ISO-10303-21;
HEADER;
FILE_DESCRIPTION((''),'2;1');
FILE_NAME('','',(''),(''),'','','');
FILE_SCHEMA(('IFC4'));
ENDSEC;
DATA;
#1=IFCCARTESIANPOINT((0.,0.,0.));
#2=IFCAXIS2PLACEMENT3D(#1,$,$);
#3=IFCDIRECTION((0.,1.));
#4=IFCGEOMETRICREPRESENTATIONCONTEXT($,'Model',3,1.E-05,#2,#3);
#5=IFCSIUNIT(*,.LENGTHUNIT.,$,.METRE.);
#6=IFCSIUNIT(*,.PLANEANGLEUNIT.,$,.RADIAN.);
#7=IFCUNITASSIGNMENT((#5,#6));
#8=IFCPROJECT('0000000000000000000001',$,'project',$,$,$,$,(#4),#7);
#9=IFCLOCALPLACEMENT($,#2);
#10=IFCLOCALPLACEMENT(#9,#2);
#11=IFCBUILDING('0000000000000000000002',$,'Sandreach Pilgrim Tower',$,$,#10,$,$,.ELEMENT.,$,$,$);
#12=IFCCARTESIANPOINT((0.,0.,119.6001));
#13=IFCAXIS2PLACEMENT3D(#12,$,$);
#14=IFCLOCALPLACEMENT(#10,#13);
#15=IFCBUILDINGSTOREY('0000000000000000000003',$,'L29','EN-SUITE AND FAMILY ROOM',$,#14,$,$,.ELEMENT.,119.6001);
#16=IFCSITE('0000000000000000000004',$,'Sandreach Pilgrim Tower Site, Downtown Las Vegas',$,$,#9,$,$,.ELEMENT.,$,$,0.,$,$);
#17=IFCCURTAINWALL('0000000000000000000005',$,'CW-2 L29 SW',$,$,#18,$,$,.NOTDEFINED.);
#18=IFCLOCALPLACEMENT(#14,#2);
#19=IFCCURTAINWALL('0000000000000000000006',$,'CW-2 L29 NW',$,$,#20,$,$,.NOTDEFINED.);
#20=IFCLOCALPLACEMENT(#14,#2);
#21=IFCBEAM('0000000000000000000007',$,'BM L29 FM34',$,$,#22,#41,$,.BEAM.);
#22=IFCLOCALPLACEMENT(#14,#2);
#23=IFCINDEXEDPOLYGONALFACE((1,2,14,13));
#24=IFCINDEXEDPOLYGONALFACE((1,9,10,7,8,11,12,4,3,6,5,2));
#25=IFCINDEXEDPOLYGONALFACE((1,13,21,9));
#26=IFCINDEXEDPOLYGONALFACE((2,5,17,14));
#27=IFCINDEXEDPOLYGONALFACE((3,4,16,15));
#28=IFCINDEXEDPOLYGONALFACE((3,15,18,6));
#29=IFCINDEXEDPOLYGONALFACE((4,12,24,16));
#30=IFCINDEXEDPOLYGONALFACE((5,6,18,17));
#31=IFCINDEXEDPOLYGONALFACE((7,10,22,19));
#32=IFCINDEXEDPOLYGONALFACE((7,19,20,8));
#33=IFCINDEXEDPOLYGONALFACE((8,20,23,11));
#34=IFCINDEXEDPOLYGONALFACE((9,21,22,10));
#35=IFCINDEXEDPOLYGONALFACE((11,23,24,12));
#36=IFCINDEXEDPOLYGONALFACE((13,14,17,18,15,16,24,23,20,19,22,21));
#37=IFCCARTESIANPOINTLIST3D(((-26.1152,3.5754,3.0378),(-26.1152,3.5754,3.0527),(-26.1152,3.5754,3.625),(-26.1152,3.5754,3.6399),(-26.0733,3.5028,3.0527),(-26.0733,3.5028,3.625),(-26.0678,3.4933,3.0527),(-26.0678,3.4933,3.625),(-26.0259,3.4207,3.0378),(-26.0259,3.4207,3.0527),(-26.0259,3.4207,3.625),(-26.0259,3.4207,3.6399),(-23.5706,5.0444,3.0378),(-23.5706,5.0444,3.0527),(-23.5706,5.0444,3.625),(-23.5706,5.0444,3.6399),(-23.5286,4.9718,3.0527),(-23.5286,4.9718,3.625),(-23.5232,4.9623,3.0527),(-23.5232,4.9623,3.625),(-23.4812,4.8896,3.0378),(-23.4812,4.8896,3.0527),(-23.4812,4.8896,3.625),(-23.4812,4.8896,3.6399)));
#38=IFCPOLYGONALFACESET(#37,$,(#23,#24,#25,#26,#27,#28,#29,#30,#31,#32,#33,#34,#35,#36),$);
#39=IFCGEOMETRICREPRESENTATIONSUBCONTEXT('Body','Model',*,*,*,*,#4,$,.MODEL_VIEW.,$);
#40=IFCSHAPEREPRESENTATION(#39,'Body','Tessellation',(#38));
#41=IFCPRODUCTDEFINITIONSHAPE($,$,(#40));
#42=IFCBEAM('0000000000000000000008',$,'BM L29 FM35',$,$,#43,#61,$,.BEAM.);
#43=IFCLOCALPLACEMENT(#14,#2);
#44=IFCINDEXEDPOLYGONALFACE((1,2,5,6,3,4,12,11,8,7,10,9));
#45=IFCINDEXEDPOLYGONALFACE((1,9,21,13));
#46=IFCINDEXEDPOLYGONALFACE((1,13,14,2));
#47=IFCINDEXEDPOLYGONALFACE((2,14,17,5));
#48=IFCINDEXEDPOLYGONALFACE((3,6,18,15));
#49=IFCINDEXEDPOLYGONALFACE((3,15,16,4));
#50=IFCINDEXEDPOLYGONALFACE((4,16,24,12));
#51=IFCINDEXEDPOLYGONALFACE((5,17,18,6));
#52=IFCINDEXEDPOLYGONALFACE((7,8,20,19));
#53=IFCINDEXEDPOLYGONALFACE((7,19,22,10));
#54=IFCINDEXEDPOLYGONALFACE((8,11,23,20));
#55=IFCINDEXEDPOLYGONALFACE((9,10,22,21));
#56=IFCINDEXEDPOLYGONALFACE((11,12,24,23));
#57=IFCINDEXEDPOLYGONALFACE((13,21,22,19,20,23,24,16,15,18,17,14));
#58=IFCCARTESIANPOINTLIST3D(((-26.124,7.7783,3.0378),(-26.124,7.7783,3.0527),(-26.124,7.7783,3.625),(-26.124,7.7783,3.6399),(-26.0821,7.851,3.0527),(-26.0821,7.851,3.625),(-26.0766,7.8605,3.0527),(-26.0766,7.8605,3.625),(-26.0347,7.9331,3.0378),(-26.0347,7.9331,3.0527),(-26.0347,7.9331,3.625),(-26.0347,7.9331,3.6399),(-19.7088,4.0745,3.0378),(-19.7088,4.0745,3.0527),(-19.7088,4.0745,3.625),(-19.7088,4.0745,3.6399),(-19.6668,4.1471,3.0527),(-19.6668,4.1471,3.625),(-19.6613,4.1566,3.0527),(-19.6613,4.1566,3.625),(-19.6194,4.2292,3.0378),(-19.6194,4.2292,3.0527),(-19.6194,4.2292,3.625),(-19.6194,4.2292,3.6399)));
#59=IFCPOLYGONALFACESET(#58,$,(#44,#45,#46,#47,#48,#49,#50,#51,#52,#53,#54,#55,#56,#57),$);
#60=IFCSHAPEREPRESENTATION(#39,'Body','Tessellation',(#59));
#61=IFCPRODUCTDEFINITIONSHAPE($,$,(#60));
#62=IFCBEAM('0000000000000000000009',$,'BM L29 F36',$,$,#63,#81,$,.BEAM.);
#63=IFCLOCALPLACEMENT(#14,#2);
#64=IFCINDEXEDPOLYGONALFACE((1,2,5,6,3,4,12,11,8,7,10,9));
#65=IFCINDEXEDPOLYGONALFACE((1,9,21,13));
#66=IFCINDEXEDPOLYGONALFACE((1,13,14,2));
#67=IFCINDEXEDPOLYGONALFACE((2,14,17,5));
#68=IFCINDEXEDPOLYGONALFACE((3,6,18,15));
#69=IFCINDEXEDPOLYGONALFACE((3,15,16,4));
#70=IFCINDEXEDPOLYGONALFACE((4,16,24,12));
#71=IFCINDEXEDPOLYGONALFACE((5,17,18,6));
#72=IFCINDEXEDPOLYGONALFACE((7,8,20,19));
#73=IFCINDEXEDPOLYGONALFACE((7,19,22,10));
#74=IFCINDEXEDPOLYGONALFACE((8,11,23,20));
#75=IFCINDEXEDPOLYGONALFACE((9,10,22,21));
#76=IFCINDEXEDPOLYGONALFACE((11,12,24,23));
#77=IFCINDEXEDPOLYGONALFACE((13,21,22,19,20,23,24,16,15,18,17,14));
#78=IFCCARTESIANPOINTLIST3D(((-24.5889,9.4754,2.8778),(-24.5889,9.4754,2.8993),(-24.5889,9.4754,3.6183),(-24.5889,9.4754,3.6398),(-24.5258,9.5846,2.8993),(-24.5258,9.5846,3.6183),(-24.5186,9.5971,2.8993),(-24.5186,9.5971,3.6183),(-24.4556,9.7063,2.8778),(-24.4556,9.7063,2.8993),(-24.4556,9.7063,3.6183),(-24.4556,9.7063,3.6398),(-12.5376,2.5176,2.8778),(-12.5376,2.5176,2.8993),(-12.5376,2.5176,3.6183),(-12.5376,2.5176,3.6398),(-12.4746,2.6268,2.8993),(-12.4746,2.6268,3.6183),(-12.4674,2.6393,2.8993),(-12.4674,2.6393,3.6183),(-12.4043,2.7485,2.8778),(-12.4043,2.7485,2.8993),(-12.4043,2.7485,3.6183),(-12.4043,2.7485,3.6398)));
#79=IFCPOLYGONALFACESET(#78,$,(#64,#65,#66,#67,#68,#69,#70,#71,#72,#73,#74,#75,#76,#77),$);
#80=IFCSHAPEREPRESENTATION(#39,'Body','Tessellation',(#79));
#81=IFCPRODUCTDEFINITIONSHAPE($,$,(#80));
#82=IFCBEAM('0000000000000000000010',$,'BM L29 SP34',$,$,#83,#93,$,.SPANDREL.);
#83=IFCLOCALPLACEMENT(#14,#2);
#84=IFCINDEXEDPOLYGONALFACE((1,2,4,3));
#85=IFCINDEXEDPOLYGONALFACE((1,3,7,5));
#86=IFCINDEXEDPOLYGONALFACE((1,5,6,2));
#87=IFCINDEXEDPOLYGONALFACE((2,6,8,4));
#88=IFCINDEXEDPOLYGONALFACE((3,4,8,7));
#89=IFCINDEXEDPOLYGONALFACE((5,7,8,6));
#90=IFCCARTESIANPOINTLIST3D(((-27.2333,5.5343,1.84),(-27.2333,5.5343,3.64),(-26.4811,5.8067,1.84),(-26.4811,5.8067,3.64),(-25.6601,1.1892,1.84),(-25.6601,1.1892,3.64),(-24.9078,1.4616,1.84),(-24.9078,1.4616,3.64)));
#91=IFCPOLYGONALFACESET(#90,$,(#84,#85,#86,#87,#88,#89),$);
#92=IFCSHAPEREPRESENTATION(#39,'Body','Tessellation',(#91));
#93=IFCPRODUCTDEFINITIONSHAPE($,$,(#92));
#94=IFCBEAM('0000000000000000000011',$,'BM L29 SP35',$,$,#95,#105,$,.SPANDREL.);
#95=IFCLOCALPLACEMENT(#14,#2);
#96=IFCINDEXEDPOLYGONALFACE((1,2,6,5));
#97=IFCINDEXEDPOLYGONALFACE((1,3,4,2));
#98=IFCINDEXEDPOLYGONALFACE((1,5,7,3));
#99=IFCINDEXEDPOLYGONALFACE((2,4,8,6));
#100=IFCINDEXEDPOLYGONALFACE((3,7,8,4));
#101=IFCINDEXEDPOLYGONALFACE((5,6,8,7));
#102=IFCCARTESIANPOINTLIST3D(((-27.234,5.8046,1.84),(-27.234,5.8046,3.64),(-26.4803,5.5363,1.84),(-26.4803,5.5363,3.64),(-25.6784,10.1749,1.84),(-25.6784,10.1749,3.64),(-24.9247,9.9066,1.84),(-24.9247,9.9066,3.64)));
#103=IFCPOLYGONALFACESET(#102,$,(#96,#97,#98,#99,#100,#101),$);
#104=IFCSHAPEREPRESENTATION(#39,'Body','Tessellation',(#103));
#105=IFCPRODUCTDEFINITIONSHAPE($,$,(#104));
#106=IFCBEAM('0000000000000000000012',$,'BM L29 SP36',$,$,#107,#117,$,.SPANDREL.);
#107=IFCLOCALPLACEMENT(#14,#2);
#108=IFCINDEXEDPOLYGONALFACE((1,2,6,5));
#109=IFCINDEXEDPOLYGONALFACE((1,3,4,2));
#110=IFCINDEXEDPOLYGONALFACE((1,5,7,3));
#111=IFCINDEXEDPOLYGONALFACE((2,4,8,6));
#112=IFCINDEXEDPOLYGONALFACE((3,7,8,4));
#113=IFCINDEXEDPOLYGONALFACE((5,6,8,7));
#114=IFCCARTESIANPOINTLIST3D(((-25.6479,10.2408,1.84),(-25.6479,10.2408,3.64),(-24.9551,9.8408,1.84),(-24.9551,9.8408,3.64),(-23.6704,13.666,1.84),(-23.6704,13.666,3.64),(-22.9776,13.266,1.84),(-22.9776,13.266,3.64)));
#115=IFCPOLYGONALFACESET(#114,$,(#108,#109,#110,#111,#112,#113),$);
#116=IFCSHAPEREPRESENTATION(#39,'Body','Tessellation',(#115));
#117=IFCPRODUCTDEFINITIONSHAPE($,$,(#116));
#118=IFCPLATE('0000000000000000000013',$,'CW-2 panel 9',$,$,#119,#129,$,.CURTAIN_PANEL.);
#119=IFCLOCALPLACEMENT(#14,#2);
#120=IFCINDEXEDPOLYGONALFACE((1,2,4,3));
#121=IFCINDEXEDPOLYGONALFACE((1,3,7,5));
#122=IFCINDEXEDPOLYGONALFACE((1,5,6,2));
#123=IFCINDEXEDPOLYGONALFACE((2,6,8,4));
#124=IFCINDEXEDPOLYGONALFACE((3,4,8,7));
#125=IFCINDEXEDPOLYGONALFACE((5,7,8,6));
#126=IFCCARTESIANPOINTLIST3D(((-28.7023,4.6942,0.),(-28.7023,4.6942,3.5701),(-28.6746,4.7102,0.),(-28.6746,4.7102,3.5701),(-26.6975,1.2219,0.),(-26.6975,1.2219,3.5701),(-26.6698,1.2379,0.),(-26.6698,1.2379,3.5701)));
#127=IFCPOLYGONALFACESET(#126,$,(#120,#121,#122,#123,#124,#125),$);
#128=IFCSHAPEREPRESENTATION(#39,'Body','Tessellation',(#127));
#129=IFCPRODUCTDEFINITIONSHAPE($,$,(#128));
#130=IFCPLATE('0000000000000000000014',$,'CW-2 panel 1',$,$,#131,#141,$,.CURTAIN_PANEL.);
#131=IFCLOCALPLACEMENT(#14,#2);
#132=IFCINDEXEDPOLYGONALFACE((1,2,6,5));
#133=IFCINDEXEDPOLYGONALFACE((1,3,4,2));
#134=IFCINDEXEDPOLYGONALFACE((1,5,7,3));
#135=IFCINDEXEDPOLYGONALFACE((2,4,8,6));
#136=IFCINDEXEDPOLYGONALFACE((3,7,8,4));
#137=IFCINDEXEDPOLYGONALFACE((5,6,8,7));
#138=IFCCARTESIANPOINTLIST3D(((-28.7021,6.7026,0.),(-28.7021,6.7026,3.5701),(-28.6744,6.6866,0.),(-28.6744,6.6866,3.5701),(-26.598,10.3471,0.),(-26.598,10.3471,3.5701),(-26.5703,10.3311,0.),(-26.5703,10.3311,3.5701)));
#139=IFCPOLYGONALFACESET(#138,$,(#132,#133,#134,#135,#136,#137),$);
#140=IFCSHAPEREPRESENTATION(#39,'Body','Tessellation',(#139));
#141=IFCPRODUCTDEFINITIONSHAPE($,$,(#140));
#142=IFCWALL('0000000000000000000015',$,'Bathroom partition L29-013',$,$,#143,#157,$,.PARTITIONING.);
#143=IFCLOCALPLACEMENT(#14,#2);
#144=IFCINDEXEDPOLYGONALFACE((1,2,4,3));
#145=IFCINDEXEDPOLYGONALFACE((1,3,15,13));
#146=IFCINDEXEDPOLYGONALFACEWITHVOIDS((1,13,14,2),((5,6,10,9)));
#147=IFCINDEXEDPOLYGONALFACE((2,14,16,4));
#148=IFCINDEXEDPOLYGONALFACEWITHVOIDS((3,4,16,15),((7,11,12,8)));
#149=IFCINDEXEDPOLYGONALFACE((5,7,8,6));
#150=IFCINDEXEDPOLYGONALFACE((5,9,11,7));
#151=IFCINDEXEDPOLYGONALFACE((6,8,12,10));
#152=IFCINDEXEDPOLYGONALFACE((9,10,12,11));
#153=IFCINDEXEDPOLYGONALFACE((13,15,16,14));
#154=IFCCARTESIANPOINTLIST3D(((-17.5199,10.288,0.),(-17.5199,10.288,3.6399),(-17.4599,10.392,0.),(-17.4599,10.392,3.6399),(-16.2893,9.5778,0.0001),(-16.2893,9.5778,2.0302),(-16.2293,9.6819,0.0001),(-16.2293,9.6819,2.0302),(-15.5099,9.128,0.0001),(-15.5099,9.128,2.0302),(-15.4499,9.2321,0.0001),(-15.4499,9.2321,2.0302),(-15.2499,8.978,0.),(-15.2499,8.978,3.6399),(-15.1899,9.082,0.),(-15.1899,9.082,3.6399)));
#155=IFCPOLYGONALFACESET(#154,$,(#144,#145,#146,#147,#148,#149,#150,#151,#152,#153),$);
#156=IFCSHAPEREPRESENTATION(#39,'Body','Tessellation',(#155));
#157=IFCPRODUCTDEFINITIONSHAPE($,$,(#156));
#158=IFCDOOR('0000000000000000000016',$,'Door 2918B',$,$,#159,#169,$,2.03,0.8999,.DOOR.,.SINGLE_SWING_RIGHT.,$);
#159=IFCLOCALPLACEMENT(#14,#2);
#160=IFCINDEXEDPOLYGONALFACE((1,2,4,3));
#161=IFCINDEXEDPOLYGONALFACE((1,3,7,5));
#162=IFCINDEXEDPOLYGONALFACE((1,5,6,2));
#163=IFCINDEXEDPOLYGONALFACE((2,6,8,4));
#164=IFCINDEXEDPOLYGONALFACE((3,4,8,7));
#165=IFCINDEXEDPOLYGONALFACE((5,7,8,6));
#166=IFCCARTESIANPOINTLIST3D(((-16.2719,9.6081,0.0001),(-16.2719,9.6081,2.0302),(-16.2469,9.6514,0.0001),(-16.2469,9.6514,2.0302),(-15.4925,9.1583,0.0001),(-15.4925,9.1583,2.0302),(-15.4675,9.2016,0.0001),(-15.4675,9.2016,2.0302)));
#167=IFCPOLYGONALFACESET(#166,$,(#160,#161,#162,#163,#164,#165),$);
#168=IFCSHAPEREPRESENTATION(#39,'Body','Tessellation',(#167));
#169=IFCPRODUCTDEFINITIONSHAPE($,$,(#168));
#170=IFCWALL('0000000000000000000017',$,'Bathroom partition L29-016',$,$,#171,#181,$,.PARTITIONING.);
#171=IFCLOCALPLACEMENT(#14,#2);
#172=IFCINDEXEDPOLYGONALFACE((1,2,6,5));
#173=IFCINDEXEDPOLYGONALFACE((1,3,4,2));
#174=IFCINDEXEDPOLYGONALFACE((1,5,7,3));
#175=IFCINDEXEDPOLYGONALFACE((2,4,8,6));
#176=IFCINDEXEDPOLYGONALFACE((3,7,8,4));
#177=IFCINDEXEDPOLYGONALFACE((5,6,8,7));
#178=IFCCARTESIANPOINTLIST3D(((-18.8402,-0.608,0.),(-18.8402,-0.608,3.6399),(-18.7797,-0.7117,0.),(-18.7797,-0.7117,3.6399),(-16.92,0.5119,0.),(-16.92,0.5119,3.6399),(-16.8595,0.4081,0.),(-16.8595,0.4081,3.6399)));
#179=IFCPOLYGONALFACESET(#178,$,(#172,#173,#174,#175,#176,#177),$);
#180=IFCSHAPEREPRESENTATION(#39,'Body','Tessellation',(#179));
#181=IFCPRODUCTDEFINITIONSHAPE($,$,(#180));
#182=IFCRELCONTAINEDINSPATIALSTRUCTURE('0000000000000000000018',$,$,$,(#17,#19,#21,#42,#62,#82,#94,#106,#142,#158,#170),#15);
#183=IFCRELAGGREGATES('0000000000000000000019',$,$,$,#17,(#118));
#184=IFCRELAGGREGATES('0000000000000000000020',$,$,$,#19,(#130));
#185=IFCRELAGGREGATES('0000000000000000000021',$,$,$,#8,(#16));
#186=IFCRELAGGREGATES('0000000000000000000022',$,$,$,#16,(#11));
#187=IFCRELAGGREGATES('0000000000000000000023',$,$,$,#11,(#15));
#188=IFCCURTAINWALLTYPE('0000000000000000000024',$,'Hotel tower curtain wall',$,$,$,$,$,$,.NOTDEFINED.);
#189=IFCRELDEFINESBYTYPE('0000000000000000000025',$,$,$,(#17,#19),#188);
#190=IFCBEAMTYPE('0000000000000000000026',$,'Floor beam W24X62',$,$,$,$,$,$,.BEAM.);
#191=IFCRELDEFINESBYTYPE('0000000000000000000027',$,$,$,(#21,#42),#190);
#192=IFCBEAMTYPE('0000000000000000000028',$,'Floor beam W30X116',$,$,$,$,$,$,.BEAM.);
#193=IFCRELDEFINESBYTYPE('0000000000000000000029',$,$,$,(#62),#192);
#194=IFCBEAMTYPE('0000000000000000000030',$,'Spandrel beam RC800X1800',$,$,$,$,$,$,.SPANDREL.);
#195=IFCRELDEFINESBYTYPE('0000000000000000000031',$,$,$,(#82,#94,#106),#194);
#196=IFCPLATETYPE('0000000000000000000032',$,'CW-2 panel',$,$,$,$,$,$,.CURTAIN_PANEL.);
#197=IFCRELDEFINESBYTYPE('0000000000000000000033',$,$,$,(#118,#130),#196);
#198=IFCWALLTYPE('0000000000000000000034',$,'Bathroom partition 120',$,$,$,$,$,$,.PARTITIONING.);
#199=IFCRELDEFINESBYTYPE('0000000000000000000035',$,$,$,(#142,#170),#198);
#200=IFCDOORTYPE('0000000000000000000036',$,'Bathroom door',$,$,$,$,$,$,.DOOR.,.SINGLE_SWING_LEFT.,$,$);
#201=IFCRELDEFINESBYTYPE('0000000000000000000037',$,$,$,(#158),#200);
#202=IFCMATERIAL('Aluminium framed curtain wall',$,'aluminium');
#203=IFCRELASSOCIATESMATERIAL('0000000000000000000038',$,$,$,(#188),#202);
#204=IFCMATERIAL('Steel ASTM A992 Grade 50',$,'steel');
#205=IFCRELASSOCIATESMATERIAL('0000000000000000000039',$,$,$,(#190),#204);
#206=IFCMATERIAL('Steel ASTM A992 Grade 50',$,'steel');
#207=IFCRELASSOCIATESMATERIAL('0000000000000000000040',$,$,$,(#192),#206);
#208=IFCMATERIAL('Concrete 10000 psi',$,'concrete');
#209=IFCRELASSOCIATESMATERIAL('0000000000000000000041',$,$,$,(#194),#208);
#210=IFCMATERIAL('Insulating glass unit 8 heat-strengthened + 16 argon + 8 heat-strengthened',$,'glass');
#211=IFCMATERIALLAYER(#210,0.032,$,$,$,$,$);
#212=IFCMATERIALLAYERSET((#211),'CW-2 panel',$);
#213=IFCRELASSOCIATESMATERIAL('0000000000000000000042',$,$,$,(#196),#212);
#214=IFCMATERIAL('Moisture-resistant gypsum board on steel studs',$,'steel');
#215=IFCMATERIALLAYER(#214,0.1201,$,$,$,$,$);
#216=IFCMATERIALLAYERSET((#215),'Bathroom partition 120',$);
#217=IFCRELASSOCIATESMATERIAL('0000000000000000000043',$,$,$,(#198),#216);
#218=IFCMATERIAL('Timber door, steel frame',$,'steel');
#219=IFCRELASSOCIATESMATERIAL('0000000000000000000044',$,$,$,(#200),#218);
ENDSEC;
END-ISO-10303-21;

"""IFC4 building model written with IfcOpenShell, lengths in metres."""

from ifc_helpers import new_model, si_unit, direction, frame, frame_2d, origin, origin_2d, place, context, subcontext, project, spatial, rectangle, i_section, extrude, material, layer, layer_set, material_profile, profile_set, type_object, element, fill, aggregate, save


model = new_model("IFC4")

# Units and contexts
model_context = context("Model", 3, precision=1e-05, world=origin(), true_north=direction((0.0, 1.0)))
body_context = subcontext(model_context, "Body", "Model", "MODEL_VIEW")
ifc_project = project(units=[si_unit("LENGTHUNIT", "METRE"), si_unit("PLANEANGLEUNIT", "RADIAN")], contexts=[model_context])

# Site, building, storey
site_placement = place(None, origin())
site = spatial("IfcSite", under=ifc_project, at=site_placement, Name="Sandreach Pilgrim Tower Site, Downtown Las Vegas", CompositionType="ELEMENT", RefElevation=0.0)
building_placement = place(site_placement, origin())
building = spatial("IfcBuilding", under=site, at=building_placement, Name="Sandreach Pilgrim Tower", CompositionType="ELEMENT")
storey_placement = place(building_placement, frame((0.0, 0.0, 119.6001)))
storey = spatial("IfcBuildingStorey", under=building, at=storey_placement, Name="L29", Description="EN-SUITE AND FAMILY ROOM", CompositionType="ELEMENT", Elevation=119.6001)

# Curtain wall
ifc_material_1 = material(Name="Aluminium framed curtain wall", Category="aluminium")
curtain_wall_type = type_object("IfcCurtainWallType", Name="Hotel tower curtain wall", PredefinedType="NOTDEFINED", material=ifc_material_1)
curtain_wall_1_placement = place(storey_placement, origin())
curtain_wall_1 = element("IfcCurtainWall", 1, at=curtain_wall_1_placement, inside=storey, type_object=curtain_wall_type, Name="CW-2 L29 SW", PredefinedType="NOTDEFINED")

# Curtain wall
curtain_wall_2_placement = place(storey_placement, origin())
curtain_wall_2 = element("IfcCurtainWall", 2, at=curtain_wall_2_placement, inside=storey, type_object=curtain_wall_type, Name="CW-2 L29 NW", PredefinedType="NOTDEFINED")

# Beams
ifc_material_2 = material(Name="Steel ASTM A992 Grade 50", Category="steel")
ifc_material_profile_1 = material_profile(ifc_material_2, i_section(OverallWidth=0.1787, OverallDepth=0.6021, WebThickness=0.011, FlangeThickness=0.0149, at=origin_2d()), Name="W24X62")
ifc_profile_set_1 = profile_set([ifc_material_profile_1], Name="Steel ASTM A992 Grade 50")
beam_type_1 = type_object("IfcBeamType", Name="Floor beam W24X62", PredefinedType="BEAM", material=ifc_profile_set_1)
beam_1_placement = place(storey_placement, frame((-26.0706, 3.498, 3.3389), z_axis=(0.866051, 0.499955, 0.0), x_axis=(-0.499955, 0.866051, 0.0)))
element("IfcBeam", 3, at=beam_1_placement, inside=storey, type_object=beam_type_1, Name="BM L29 FM34", PredefinedType="BEAM", context=body_context, shape_type="SweptSolid", body=[
    extrude(i_section(OverallWidth=0.1787, OverallDepth=0.6021, WebThickness=0.011, FlangeThickness=0.0149, at=origin_2d()), origin(), (0.0, 0.0, 1.0), 2.9382),
])
beam_2_placement = place(storey_placement, frame((-26.0793, 7.8557, 3.3389), z_axis=(0.866026, -0.499999, 0.0), x_axis=(0.499999, 0.866026, 0.0)))
element("IfcBeam", 4, at=beam_2_placement, inside=storey, type_object=beam_type_1, Name="BM L29 FM35", PredefinedType="BEAM", context=body_context, shape_type="SweptSolid", body=[
    extrude(i_section(OverallWidth=0.1787, OverallDepth=0.6021, WebThickness=0.011, FlangeThickness=0.0149, at=origin_2d()), origin(), (0.0, 0.0, 1.0), 7.4077),
])
ifc_material_3 = material(Name="Steel ASTM A992 Grade 50", Category="steel")
ifc_material_profile_2 = material_profile(ifc_material_3, i_section(OverallWidth=0.2666, OverallDepth=0.762, WebThickness=0.0144, FlangeThickness=0.0215, at=origin_2d()), Name="W30X116")
ifc_profile_set_2 = profile_set([ifc_material_profile_2], Name="Steel ASTM A992 Grade 50")
beam_type_2 = type_object("IfcBeamType", Name="Floor beam W30X116", PredefinedType="BEAM", material=ifc_profile_set_2)
beam_3_placement = place(storey_placement, frame((-24.5222, 9.5908, 3.2588), z_axis=(0.866027, -0.499998, 0.0), x_axis=(0.499998, 0.866027, 0.0)))
element("IfcBeam", 5, at=beam_3_placement, inside=storey, type_object=beam_type_2, Name="BM L29 F36", PredefinedType="BEAM", context=body_context, shape_type="SweptSolid", body=[
    extrude(i_section(OverallWidth=0.2666, OverallDepth=0.762, WebThickness=0.0144, FlangeThickness=0.0215, at=origin_2d()), origin(), (0.0, 0.0, 1.0), 13.9155),
])
ifc_material_4 = material(Name="Concrete 10000 psi", Category="concrete")
ifc_material_profile_3 = material_profile(ifc_material_4, rectangle(XDim=0.8, YDim=1.8, at=origin_2d()), Name="RC800X1800")
ifc_profile_set_3 = profile_set([ifc_material_profile_3], Name="Concrete 10000 psi")
beam_type_3 = type_object("IfcBeamType", Name="Spandrel beam RC800X1800", PredefinedType="SPANDREL", material=ifc_profile_set_3)
beam_4_placement = place(storey_placement, frame((-25.2839, 1.3254, 2.74), z_axis=(-0.340453, 0.940261, 0.0), x_axis=(-0.940261, -0.340453, 0.0)))
element("IfcBeam", 6, at=beam_4_placement, inside=storey, type_object=beam_type_3, Name="BM L29 SP34", PredefinedType="SPANDREL", context=body_context, shape_type="SweptSolid", body=[
    extrude(rectangle(XDim=0.8, YDim=1.8, at=origin_2d()), origin(), (0.0, 0.0, 1.0), 4.6211),
])
beam_5_placement = place(storey_placement, frame((-26.8572, 5.6704, 2.74), z_axis=(0.335346, 0.942095, 0.0), x_axis=(-0.942095, 0.335346, 0.0)))
element("IfcBeam", 7, at=beam_5_placement, inside=storey, type_object=beam_type_3, Name="BM L29 SP35", PredefinedType="SPANDREL", context=body_context, shape_type="SweptSolid", body=[
    extrude(rectangle(XDim=0.8, YDim=1.8, at=origin_2d()), origin(), (0.0, 0.0, 1.0), 4.6389),
])
beam_6_placement = place(storey_placement, frame((-25.3015, 10.0408, 2.74), z_axis=(0.49999, 0.866031, 0.0), x_axis=(-0.866031, 0.49999, 0.0)))
element("IfcBeam", 8, at=beam_6_placement, inside=storey, type_object=beam_type_3, Name="BM L29 SP36", PredefinedType="SPANDREL", context=body_context, shape_type="SweptSolid", body=[
    extrude(rectangle(XDim=0.8, YDim=1.8, at=origin_2d()), origin(), (0.0, 0.0, 1.0), 3.9551),
])

# Plates
ifc_material_5 = material(Name="Insulating glass unit 8 heat-strengthened + 16 argon + 8 heat-strengthened", Category="glass")
ifc_layer_1 = layer(ifc_material_5, 0.032)
ifc_layer_set_1 = layer_set([ifc_layer_1], Name="CW-2 panel")
plate_type = type_object("IfcPlateType", Name="CW-2 panel", PredefinedType="CURTAIN_PANEL", material=ifc_layer_set_1)
plate_1_placement = place(storey_placement, frame((-27.686, 2.9661, 0.0), z_axis=(0.0, 0.0, 1.0), x_axis=(-0.5, 0.866025, 0.0)))
plate_1 = element("IfcPlate", 9, at=plate_1_placement, type_object=plate_type, Name="CW-2 panel 9", PredefinedType="CURTAIN_PANEL", context=body_context, shape_type="SweptSolid", body=[
    extrude(rectangle(XDim=4.0095, YDim=0.032, at=origin_2d()), origin(), (0.0, 0.0, 1.0), 3.5701),
])
aggregate(curtain_wall_1, [plate_1])
plate_2_placement = place(storey_placement, frame((-27.6362, 8.5168, 0.0), z_axis=(0.0, 0.0, 1.0), x_axis=(0.5, 0.866025, 0.0)))
plate_2 = element("IfcPlate", 10, at=plate_2_placement, type_object=plate_type, Name="CW-2 panel 1", PredefinedType="CURTAIN_PANEL", context=body_context, shape_type="SweptSolid", body=[
    extrude(rectangle(XDim=4.2083, YDim=0.032, at=origin_2d()), origin(), (0.0, 0.0, 1.0), 3.5701),
])
aggregate(curtain_wall_2, [plate_2])

# Wall, opening, door
ifc_material_6 = material(Name="Moisture-resistant gypsum board on steel studs", Category="steel")
ifc_layer_2 = layer(ifc_material_6, 0.1201)
ifc_layer_set_2 = layer_set([ifc_layer_2], Name="Bathroom partition 120")
wall_type_1 = type_object("IfcWallType", Name="Bathroom partition 120", PredefinedType="PARTITIONING", material=ifc_layer_set_2)
wall_1_placement = place(storey_placement, frame((-17.49, 10.3401, 0.0), z_axis=(0.0, 0.0, 1.0), x_axis=(0.866114, -0.499846, 0.0)))
wall_1 = element("IfcWall", 11, at=wall_1_placement, inside=storey, type_object=wall_type_1, Name="Bathroom partition L29-013", PredefinedType="PARTITIONING", context=body_context, shape_type="SweptSolid", body=[
    extrude(rectangle(XDim=2.6208, YDim=0.1201, at=frame_2d((1.3105, 0.0))), origin(), (0.0, 0.0, 1.0), 3.6399),
])
opening_1_placement = place(wall_1_placement, frame((1.4209, 0.0, 0.0)))
opening_1 = element("IfcOpeningElement", 12, at=opening_1_placement, cuts=wall_1, PredefinedType="OPENING", context=body_context, shape_type="SweptSolid", body=[
    extrude(rectangle(XDim=0.8999, YDim=2.03, at=frame_2d((0.45, 1.0151))), frame((0.0, 0.0601, 0.0), z_axis=(0.0, -1.0, 0.0), x_axis=(1.0, 0.0, 0.0)), (0.0, 0.0, 1.0), 0.1201),
])
ifc_material_7 = material(Name="Timber door, steel frame", Category="steel")
door_type_1 = type_object("IfcDoorType", Name="Bathroom door", OperationType="SINGLE_SWING_LEFT", PredefinedType="DOOR", material=ifc_material_7)
door_1_placement = place(opening_1_placement, origin())
door_1 = element("IfcDoor", 13, at=door_1_placement, inside=storey, type_object=door_type_1, Name="Door 2918B", OperationType="SINGLE_SWING_RIGHT", OverallHeight=2.03, OverallWidth=0.8999, PredefinedType="DOOR", context=body_context, shape_type="SweptSolid", body=[
    extrude(rectangle(XDim=0.8999, YDim=2.03, at=frame_2d((0.45, 1.0151))), frame((0.0, 0.0249, 0.0), z_axis=(0.0, -1.0, 0.0), x_axis=(1.0, 0.0, 0.0)), (0.0, 0.0, 1.0), 0.05),
])
fill(opening_1, door_1)

# Wall
wall_2_placement = place(storey_placement, frame((-16.8899, 0.46, 0.0), z_axis=(0.0, 0.0, 1.0), x_axis=(-0.863823, -0.503796, 0.0)))
element("IfcWall", 14, at=wall_2_placement, inside=storey, type_object=wall_type_1, Name="Bathroom partition L29-016", PredefinedType="PARTITIONING", context=body_context, shape_type="SweptSolid", body=[
    extrude(rectangle(XDim=2.2229, YDim=0.1201, at=frame_2d((1.1113, 0.0))), origin(), (0.0, 0.0, 1.0), 3.6399),
])

save(model, "model.ifc")
